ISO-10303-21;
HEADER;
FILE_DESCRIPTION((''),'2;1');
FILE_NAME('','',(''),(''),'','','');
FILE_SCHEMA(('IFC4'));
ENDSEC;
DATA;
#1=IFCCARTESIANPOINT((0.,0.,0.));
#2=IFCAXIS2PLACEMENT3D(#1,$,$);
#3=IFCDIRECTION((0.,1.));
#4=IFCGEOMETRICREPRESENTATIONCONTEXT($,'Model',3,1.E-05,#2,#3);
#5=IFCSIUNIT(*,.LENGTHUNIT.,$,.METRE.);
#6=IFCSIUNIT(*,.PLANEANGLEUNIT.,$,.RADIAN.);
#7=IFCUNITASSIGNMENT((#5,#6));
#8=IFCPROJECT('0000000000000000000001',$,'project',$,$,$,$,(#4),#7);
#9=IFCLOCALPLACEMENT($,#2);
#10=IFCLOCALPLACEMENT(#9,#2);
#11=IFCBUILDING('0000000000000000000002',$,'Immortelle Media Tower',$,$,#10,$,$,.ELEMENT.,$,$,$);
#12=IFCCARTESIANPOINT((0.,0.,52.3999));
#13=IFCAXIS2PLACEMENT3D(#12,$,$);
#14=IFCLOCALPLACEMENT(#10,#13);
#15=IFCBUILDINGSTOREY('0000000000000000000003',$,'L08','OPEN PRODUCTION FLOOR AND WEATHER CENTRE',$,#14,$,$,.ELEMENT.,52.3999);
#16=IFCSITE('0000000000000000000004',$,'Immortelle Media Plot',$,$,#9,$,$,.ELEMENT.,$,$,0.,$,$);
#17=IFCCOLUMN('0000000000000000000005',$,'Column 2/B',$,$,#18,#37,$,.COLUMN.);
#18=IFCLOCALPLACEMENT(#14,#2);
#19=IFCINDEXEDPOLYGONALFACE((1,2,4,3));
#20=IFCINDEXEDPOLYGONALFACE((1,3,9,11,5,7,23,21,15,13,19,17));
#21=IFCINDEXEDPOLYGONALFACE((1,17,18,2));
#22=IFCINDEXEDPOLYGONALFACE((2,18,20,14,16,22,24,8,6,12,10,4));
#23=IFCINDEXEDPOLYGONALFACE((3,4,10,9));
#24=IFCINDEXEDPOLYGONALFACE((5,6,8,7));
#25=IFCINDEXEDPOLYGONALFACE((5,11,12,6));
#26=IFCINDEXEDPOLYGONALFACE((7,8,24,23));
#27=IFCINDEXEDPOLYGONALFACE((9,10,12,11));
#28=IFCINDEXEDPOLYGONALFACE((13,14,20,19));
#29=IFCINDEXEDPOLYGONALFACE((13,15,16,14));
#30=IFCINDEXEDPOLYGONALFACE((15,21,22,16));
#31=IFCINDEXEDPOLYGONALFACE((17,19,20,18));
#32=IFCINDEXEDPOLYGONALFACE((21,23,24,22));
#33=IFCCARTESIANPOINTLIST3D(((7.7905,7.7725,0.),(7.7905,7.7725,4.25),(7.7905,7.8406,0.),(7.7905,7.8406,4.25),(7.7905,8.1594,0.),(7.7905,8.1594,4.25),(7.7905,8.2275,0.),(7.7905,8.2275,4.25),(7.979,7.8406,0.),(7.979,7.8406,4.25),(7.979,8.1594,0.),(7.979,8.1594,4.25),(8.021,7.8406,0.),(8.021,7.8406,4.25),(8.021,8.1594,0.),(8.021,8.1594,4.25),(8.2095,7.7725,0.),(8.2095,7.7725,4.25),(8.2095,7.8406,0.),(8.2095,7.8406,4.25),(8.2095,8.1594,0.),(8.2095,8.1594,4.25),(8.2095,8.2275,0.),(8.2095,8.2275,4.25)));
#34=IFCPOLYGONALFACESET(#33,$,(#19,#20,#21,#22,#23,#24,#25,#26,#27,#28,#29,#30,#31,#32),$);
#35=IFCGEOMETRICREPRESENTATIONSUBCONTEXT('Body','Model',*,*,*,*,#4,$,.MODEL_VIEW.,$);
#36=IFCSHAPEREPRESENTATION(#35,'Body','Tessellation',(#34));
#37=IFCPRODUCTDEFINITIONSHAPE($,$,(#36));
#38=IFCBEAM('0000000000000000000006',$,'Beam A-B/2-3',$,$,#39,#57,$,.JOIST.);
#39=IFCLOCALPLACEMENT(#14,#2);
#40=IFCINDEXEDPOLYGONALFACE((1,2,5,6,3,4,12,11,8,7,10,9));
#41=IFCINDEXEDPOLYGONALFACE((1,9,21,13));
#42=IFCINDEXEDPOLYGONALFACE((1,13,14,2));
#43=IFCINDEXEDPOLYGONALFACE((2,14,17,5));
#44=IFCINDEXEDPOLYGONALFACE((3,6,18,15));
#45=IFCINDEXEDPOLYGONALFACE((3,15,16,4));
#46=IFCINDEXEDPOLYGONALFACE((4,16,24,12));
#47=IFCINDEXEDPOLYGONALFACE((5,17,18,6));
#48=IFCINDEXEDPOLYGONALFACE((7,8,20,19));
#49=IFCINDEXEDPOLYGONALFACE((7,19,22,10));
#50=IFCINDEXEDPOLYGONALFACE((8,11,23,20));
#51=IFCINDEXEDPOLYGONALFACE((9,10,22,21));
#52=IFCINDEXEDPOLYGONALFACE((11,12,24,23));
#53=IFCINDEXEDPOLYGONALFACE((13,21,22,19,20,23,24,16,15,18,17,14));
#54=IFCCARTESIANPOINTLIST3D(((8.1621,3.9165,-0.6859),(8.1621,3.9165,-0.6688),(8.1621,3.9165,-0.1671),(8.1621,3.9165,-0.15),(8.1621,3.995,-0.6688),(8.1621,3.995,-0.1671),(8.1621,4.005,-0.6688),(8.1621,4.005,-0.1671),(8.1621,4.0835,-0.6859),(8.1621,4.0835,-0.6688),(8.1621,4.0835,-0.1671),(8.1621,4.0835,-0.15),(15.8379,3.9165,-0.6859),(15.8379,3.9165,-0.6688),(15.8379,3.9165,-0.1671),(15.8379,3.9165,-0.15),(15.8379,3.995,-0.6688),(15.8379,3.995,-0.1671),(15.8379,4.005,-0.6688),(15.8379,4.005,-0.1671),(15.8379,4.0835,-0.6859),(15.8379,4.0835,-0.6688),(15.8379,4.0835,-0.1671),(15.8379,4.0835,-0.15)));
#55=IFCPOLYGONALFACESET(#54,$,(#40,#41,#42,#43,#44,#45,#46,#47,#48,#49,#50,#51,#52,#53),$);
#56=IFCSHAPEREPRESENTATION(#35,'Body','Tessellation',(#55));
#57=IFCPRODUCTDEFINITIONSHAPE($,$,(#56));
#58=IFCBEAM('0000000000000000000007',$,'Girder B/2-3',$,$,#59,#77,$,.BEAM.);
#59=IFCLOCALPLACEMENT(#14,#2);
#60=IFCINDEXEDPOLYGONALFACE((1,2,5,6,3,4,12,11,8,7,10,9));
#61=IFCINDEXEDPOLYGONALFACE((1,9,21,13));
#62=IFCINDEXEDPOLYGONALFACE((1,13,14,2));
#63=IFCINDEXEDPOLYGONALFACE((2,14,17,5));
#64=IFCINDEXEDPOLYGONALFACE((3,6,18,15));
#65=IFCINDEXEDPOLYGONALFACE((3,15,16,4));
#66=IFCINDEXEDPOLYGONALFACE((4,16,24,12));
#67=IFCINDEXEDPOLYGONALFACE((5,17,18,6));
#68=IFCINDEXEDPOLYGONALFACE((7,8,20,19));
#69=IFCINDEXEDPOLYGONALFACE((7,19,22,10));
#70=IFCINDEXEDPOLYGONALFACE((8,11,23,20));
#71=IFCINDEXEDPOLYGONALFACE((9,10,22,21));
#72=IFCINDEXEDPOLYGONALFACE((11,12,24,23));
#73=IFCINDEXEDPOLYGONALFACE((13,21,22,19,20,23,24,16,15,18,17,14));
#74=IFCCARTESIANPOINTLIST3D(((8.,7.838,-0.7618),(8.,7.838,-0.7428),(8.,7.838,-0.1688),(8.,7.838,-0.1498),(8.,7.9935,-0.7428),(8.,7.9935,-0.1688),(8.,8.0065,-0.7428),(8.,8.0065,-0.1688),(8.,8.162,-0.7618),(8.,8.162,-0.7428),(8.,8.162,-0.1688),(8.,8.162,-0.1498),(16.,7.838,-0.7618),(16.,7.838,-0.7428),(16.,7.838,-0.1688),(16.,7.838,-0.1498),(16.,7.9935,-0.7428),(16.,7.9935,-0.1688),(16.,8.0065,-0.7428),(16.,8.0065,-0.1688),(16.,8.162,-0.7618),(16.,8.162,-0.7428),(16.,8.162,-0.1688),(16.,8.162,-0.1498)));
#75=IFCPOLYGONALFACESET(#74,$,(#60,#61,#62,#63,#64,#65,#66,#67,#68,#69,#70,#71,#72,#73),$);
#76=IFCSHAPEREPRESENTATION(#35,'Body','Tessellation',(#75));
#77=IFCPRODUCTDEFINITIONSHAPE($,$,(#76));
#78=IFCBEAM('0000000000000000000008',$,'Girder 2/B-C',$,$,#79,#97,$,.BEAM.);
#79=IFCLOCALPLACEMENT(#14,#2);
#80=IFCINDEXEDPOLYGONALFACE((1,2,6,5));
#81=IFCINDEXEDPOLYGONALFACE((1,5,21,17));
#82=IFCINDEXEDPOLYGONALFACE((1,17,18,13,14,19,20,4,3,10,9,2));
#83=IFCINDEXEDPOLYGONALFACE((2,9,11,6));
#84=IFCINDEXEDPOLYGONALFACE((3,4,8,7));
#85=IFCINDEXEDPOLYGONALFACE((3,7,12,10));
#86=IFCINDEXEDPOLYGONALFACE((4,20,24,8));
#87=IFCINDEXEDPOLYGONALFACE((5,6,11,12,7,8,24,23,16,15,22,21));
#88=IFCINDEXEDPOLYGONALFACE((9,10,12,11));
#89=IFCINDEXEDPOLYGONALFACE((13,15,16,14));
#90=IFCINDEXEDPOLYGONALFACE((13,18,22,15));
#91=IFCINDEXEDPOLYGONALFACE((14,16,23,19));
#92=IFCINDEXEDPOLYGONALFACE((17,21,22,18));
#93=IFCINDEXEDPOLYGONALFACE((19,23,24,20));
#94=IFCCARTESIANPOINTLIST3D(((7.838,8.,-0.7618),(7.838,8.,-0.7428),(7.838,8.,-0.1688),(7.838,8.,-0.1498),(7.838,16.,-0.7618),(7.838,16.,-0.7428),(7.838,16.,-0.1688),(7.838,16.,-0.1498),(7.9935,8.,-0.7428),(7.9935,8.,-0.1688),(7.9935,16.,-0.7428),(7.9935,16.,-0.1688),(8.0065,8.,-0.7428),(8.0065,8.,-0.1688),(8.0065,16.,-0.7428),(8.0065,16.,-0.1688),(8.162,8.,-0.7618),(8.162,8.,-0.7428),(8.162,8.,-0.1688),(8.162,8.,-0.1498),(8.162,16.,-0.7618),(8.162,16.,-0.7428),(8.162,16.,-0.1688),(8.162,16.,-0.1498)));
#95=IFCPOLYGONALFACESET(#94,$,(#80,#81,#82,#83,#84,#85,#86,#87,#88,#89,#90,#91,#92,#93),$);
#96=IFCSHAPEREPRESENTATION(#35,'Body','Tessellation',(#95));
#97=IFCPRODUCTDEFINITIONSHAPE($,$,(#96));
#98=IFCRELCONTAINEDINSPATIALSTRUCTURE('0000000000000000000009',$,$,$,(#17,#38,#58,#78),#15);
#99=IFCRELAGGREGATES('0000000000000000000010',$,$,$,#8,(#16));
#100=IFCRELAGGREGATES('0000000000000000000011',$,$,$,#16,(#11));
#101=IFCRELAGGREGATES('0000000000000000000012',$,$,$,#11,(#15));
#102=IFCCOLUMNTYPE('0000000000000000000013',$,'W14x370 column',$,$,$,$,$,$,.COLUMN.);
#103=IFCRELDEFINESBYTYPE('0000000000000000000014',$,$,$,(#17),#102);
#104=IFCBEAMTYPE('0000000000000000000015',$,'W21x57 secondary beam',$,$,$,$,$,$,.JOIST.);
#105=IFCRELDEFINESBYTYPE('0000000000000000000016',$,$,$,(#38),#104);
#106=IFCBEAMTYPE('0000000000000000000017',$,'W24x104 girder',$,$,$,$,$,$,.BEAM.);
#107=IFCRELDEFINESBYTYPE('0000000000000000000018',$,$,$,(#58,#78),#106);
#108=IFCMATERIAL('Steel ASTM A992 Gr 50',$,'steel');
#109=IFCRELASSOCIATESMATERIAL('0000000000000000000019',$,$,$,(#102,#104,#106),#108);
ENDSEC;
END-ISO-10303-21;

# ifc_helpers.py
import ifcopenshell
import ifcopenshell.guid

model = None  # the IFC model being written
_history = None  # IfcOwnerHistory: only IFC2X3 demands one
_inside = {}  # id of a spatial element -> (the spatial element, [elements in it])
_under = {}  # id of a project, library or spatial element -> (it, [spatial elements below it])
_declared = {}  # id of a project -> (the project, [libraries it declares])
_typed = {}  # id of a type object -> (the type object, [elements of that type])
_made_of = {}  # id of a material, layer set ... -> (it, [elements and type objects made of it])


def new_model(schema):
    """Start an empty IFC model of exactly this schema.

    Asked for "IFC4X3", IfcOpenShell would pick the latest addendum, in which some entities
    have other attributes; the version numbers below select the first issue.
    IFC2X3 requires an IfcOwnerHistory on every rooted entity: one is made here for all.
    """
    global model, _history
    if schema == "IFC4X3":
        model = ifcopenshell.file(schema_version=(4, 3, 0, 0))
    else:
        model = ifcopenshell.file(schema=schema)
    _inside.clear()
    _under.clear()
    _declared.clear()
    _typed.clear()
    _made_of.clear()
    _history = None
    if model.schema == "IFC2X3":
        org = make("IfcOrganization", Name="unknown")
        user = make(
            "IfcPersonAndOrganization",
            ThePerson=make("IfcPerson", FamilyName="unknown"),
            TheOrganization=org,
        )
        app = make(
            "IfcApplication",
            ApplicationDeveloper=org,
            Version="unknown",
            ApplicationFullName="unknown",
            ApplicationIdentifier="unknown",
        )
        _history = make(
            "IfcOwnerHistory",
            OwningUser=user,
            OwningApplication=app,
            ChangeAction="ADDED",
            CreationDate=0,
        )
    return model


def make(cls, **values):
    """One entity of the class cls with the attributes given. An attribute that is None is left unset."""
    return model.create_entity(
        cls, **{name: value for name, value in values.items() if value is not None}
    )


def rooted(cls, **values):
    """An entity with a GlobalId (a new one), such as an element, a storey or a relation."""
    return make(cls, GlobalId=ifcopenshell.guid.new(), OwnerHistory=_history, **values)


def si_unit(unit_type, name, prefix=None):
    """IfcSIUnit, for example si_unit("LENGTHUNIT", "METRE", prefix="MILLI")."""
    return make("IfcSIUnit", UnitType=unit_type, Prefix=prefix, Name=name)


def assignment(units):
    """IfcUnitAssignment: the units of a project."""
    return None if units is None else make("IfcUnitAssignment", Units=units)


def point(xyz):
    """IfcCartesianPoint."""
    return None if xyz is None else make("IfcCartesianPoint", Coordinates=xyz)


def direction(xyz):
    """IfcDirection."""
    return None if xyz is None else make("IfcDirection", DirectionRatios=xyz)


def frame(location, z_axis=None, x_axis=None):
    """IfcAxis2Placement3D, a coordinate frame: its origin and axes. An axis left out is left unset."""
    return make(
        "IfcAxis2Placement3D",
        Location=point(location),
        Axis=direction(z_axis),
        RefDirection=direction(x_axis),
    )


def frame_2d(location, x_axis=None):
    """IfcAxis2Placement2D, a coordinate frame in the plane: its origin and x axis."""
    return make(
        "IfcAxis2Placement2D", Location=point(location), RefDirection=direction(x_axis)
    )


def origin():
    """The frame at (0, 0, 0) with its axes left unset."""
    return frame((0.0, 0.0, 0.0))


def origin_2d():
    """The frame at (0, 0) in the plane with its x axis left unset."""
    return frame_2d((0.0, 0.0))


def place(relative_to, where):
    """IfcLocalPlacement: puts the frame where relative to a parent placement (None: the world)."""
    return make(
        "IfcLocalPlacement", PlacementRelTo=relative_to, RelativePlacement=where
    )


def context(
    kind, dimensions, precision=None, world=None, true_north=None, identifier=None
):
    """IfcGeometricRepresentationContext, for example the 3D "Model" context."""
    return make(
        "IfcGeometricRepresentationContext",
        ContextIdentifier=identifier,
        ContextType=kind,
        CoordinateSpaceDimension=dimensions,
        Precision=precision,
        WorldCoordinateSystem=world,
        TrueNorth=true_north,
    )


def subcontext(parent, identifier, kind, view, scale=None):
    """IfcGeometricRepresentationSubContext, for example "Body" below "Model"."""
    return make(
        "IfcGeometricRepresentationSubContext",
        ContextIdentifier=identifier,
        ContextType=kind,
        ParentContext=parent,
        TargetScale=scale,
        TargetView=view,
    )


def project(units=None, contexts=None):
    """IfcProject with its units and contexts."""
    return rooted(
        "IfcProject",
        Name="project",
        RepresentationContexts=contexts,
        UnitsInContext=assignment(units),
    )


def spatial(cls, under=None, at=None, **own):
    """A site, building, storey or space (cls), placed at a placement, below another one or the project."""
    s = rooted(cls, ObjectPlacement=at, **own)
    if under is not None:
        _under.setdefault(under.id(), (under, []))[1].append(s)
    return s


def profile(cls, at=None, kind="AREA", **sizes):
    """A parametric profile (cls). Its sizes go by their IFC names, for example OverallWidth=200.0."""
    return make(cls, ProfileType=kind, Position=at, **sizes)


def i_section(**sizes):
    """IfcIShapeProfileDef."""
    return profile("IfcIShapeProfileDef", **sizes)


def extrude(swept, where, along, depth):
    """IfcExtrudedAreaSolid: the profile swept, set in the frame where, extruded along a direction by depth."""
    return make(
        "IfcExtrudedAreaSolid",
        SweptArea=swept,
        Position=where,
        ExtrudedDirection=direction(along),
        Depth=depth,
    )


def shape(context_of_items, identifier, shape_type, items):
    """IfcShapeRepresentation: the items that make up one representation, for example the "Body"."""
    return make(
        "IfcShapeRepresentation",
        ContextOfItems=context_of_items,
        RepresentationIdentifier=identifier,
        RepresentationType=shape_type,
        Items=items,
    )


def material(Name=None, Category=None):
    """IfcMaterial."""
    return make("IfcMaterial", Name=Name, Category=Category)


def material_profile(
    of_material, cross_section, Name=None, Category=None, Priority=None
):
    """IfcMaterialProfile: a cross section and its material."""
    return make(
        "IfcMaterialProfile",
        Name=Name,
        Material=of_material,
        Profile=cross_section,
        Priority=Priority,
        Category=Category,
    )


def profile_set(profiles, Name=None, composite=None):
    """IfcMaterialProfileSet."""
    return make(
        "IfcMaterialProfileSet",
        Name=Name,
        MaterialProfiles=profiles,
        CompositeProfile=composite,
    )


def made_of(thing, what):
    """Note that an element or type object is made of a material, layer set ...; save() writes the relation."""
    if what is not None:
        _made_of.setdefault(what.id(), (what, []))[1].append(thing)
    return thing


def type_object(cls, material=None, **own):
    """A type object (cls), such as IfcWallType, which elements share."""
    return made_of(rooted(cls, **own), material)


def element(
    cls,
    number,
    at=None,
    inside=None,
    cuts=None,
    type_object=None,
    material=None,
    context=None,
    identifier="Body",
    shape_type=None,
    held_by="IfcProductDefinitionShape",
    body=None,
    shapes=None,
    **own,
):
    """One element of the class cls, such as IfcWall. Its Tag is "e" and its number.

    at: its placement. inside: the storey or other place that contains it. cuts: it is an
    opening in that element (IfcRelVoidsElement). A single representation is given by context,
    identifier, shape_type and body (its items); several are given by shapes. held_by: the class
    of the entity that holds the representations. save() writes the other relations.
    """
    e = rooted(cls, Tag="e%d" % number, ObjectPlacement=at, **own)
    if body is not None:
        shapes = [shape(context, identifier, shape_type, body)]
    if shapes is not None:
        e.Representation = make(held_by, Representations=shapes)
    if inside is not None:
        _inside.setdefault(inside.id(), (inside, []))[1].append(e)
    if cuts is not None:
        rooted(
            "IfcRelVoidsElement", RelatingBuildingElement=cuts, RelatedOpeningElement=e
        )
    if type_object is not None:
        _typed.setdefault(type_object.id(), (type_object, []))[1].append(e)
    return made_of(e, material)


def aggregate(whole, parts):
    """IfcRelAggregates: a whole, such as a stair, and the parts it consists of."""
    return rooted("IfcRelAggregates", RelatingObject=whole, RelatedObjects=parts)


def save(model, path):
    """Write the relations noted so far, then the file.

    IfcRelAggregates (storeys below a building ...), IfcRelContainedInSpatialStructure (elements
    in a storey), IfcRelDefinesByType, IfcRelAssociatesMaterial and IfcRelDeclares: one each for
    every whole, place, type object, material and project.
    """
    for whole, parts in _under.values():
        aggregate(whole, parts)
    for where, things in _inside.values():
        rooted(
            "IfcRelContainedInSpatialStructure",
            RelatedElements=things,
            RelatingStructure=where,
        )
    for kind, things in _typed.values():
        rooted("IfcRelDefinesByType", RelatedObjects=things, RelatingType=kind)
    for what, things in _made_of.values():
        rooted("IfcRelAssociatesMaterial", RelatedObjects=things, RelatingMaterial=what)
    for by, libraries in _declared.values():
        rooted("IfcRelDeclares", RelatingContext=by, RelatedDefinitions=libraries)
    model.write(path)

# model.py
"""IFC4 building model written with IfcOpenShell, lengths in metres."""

from ifc_helpers import new_model, si_unit, direction, frame, origin, origin_2d, place, context, subcontext, project, spatial, i_section, extrude, material, material_profile, profile_set, type_object, element, save


model = new_model("IFC4")

# Units and contexts
model_context = context("Model", 3, precision=1e-05, world=origin(), true_north=direction((0.0, 1.0)))
body_context = subcontext(model_context, "Body", "Model", "MODEL_VIEW")
ifc_project = project(units=[si_unit("LENGTHUNIT", "METRE"), si_unit("PLANEANGLEUNIT", "RADIAN")], contexts=[model_context])

# Site, building, storey
site_placement = place(None, origin())
site = spatial("IfcSite", under=ifc_project, at=site_placement, Name="Immortelle Media Plot", CompositionType="ELEMENT", RefElevation=0.0)
building_placement = place(site_placement, origin())
building = spatial("IfcBuilding", under=site, at=building_placement, Name="Immortelle Media Tower", CompositionType="ELEMENT")
storey_placement = place(building_placement, frame((0.0, 0.0, 52.3999)))
storey = spatial("IfcBuildingStorey", under=building, at=storey_placement, Name="L08", Description="OPEN PRODUCTION FLOOR AND WEATHER CENTRE", CompositionType="ELEMENT", Elevation=52.3999)

# Column
ifc_material_1 = material(Name="Steel ASTM A992 Gr 50", Category="steel")
ifc_material_profile_1 = material_profile(ifc_material_1, i_section(OverallWidth=0.4189, OverallDepth=0.4551, WebThickness=0.042, FlangeThickness=0.0681, at=origin_2d()), Name="W14x370")
ifc_profile_set_1 = profile_set([ifc_material_profile_1], Name="Steel ASTM A992 Gr 50")
column_type = type_object("IfcColumnType", Name="W14x370 column", PredefinedType="COLUMN", material=ifc_profile_set_1)
column_placement = place(storey_placement, frame((8.0, 8.0, 0.0), z_axis=(0.0, 0.0, 1.0), x_axis=(1.0, 0.0, 0.0)))
element("IfcColumn", 1, at=column_placement, inside=storey, type_object=column_type, Name="Column 2/B", PredefinedType="COLUMN", context=body_context, shape_type="SweptSolid", body=[
    extrude(i_section(OverallWidth=0.4189, OverallDepth=0.4551, WebThickness=0.042, FlangeThickness=0.0681, at=origin_2d()), origin(), (0.0, 0.0, 1.0), 4.25),
])

# Beams
ifc_material_profile_2 = material_profile(ifc_material_1, i_section(OverallWidth=0.167, OverallDepth=0.5359, WebThickness=0.01, FlangeThickness=0.0171, at=origin_2d()), Name="W21x57")
ifc_profile_set_2 = profile_set([ifc_material_profile_2], Name="Steel ASTM A992 Gr 50")
beam_type_1 = type_object("IfcBeamType", Name="W21x57 secondary beam", PredefinedType="JOIST", material=ifc_profile_set_2)
beam_placement = place(storey_placement, frame((8.1621, 4.0, -0.418), z_axis=(1.0, 0.0, 0.0), x_axis=(0.0, 1.0, 0.0)))
element("IfcBeam", 2, at=beam_placement, inside=storey, type_object=beam_type_1, Name="Beam A-B/2-3", PredefinedType="JOIST", context=body_context, shape_type="SweptSolid", body=[
    extrude(i_section(OverallWidth=0.167, OverallDepth=0.5359, WebThickness=0.01, FlangeThickness=0.0171, at=origin_2d()), origin(), (0.0, 0.0, 1.0), 7.6758),
])
ifc_material_profile_3 = material_profile(ifc_material_1, i_section(OverallWidth=0.324, OverallDepth=0.6121, WebThickness=0.0129, FlangeThickness=0.019, at=origin_2d()), Name="W24x104")
ifc_profile_set_3 = profile_set([ifc_material_profile_3], Name="Steel ASTM A992 Gr 50")
beam_type_2 = type_object("IfcBeamType", Name="W24x104 girder", PredefinedType="BEAM", material=ifc_profile_set_3)
for number, where, z_axis, x_axis, name in (
    (3, (8.0, 8.0, -0.4558), (1.0, 0.0, 0.0), (0.0, 1.0, 0.0), "Girder B/2-3"),
    (4, (8.0, 8.0, -0.4558), (0.0, 1.0, 0.0), (-1.0, 0.0, 0.0), "Girder 2/B-C"),
):
    element("IfcBeam", number, at=place(storey_placement, frame(where, z_axis=z_axis, x_axis=x_axis)), inside=storey, type_object=beam_type_2, Name=name, PredefinedType="BEAM", context=body_context, shape_type="SweptSolid", body=[
        extrude(i_section(OverallWidth=0.324, OverallDepth=0.6121, WebThickness=0.0129, FlangeThickness=0.019, at=origin_2d()), origin(), (0.0, 0.0, 1.0), 8.0),
    ])

save(model, "model.ifc")
